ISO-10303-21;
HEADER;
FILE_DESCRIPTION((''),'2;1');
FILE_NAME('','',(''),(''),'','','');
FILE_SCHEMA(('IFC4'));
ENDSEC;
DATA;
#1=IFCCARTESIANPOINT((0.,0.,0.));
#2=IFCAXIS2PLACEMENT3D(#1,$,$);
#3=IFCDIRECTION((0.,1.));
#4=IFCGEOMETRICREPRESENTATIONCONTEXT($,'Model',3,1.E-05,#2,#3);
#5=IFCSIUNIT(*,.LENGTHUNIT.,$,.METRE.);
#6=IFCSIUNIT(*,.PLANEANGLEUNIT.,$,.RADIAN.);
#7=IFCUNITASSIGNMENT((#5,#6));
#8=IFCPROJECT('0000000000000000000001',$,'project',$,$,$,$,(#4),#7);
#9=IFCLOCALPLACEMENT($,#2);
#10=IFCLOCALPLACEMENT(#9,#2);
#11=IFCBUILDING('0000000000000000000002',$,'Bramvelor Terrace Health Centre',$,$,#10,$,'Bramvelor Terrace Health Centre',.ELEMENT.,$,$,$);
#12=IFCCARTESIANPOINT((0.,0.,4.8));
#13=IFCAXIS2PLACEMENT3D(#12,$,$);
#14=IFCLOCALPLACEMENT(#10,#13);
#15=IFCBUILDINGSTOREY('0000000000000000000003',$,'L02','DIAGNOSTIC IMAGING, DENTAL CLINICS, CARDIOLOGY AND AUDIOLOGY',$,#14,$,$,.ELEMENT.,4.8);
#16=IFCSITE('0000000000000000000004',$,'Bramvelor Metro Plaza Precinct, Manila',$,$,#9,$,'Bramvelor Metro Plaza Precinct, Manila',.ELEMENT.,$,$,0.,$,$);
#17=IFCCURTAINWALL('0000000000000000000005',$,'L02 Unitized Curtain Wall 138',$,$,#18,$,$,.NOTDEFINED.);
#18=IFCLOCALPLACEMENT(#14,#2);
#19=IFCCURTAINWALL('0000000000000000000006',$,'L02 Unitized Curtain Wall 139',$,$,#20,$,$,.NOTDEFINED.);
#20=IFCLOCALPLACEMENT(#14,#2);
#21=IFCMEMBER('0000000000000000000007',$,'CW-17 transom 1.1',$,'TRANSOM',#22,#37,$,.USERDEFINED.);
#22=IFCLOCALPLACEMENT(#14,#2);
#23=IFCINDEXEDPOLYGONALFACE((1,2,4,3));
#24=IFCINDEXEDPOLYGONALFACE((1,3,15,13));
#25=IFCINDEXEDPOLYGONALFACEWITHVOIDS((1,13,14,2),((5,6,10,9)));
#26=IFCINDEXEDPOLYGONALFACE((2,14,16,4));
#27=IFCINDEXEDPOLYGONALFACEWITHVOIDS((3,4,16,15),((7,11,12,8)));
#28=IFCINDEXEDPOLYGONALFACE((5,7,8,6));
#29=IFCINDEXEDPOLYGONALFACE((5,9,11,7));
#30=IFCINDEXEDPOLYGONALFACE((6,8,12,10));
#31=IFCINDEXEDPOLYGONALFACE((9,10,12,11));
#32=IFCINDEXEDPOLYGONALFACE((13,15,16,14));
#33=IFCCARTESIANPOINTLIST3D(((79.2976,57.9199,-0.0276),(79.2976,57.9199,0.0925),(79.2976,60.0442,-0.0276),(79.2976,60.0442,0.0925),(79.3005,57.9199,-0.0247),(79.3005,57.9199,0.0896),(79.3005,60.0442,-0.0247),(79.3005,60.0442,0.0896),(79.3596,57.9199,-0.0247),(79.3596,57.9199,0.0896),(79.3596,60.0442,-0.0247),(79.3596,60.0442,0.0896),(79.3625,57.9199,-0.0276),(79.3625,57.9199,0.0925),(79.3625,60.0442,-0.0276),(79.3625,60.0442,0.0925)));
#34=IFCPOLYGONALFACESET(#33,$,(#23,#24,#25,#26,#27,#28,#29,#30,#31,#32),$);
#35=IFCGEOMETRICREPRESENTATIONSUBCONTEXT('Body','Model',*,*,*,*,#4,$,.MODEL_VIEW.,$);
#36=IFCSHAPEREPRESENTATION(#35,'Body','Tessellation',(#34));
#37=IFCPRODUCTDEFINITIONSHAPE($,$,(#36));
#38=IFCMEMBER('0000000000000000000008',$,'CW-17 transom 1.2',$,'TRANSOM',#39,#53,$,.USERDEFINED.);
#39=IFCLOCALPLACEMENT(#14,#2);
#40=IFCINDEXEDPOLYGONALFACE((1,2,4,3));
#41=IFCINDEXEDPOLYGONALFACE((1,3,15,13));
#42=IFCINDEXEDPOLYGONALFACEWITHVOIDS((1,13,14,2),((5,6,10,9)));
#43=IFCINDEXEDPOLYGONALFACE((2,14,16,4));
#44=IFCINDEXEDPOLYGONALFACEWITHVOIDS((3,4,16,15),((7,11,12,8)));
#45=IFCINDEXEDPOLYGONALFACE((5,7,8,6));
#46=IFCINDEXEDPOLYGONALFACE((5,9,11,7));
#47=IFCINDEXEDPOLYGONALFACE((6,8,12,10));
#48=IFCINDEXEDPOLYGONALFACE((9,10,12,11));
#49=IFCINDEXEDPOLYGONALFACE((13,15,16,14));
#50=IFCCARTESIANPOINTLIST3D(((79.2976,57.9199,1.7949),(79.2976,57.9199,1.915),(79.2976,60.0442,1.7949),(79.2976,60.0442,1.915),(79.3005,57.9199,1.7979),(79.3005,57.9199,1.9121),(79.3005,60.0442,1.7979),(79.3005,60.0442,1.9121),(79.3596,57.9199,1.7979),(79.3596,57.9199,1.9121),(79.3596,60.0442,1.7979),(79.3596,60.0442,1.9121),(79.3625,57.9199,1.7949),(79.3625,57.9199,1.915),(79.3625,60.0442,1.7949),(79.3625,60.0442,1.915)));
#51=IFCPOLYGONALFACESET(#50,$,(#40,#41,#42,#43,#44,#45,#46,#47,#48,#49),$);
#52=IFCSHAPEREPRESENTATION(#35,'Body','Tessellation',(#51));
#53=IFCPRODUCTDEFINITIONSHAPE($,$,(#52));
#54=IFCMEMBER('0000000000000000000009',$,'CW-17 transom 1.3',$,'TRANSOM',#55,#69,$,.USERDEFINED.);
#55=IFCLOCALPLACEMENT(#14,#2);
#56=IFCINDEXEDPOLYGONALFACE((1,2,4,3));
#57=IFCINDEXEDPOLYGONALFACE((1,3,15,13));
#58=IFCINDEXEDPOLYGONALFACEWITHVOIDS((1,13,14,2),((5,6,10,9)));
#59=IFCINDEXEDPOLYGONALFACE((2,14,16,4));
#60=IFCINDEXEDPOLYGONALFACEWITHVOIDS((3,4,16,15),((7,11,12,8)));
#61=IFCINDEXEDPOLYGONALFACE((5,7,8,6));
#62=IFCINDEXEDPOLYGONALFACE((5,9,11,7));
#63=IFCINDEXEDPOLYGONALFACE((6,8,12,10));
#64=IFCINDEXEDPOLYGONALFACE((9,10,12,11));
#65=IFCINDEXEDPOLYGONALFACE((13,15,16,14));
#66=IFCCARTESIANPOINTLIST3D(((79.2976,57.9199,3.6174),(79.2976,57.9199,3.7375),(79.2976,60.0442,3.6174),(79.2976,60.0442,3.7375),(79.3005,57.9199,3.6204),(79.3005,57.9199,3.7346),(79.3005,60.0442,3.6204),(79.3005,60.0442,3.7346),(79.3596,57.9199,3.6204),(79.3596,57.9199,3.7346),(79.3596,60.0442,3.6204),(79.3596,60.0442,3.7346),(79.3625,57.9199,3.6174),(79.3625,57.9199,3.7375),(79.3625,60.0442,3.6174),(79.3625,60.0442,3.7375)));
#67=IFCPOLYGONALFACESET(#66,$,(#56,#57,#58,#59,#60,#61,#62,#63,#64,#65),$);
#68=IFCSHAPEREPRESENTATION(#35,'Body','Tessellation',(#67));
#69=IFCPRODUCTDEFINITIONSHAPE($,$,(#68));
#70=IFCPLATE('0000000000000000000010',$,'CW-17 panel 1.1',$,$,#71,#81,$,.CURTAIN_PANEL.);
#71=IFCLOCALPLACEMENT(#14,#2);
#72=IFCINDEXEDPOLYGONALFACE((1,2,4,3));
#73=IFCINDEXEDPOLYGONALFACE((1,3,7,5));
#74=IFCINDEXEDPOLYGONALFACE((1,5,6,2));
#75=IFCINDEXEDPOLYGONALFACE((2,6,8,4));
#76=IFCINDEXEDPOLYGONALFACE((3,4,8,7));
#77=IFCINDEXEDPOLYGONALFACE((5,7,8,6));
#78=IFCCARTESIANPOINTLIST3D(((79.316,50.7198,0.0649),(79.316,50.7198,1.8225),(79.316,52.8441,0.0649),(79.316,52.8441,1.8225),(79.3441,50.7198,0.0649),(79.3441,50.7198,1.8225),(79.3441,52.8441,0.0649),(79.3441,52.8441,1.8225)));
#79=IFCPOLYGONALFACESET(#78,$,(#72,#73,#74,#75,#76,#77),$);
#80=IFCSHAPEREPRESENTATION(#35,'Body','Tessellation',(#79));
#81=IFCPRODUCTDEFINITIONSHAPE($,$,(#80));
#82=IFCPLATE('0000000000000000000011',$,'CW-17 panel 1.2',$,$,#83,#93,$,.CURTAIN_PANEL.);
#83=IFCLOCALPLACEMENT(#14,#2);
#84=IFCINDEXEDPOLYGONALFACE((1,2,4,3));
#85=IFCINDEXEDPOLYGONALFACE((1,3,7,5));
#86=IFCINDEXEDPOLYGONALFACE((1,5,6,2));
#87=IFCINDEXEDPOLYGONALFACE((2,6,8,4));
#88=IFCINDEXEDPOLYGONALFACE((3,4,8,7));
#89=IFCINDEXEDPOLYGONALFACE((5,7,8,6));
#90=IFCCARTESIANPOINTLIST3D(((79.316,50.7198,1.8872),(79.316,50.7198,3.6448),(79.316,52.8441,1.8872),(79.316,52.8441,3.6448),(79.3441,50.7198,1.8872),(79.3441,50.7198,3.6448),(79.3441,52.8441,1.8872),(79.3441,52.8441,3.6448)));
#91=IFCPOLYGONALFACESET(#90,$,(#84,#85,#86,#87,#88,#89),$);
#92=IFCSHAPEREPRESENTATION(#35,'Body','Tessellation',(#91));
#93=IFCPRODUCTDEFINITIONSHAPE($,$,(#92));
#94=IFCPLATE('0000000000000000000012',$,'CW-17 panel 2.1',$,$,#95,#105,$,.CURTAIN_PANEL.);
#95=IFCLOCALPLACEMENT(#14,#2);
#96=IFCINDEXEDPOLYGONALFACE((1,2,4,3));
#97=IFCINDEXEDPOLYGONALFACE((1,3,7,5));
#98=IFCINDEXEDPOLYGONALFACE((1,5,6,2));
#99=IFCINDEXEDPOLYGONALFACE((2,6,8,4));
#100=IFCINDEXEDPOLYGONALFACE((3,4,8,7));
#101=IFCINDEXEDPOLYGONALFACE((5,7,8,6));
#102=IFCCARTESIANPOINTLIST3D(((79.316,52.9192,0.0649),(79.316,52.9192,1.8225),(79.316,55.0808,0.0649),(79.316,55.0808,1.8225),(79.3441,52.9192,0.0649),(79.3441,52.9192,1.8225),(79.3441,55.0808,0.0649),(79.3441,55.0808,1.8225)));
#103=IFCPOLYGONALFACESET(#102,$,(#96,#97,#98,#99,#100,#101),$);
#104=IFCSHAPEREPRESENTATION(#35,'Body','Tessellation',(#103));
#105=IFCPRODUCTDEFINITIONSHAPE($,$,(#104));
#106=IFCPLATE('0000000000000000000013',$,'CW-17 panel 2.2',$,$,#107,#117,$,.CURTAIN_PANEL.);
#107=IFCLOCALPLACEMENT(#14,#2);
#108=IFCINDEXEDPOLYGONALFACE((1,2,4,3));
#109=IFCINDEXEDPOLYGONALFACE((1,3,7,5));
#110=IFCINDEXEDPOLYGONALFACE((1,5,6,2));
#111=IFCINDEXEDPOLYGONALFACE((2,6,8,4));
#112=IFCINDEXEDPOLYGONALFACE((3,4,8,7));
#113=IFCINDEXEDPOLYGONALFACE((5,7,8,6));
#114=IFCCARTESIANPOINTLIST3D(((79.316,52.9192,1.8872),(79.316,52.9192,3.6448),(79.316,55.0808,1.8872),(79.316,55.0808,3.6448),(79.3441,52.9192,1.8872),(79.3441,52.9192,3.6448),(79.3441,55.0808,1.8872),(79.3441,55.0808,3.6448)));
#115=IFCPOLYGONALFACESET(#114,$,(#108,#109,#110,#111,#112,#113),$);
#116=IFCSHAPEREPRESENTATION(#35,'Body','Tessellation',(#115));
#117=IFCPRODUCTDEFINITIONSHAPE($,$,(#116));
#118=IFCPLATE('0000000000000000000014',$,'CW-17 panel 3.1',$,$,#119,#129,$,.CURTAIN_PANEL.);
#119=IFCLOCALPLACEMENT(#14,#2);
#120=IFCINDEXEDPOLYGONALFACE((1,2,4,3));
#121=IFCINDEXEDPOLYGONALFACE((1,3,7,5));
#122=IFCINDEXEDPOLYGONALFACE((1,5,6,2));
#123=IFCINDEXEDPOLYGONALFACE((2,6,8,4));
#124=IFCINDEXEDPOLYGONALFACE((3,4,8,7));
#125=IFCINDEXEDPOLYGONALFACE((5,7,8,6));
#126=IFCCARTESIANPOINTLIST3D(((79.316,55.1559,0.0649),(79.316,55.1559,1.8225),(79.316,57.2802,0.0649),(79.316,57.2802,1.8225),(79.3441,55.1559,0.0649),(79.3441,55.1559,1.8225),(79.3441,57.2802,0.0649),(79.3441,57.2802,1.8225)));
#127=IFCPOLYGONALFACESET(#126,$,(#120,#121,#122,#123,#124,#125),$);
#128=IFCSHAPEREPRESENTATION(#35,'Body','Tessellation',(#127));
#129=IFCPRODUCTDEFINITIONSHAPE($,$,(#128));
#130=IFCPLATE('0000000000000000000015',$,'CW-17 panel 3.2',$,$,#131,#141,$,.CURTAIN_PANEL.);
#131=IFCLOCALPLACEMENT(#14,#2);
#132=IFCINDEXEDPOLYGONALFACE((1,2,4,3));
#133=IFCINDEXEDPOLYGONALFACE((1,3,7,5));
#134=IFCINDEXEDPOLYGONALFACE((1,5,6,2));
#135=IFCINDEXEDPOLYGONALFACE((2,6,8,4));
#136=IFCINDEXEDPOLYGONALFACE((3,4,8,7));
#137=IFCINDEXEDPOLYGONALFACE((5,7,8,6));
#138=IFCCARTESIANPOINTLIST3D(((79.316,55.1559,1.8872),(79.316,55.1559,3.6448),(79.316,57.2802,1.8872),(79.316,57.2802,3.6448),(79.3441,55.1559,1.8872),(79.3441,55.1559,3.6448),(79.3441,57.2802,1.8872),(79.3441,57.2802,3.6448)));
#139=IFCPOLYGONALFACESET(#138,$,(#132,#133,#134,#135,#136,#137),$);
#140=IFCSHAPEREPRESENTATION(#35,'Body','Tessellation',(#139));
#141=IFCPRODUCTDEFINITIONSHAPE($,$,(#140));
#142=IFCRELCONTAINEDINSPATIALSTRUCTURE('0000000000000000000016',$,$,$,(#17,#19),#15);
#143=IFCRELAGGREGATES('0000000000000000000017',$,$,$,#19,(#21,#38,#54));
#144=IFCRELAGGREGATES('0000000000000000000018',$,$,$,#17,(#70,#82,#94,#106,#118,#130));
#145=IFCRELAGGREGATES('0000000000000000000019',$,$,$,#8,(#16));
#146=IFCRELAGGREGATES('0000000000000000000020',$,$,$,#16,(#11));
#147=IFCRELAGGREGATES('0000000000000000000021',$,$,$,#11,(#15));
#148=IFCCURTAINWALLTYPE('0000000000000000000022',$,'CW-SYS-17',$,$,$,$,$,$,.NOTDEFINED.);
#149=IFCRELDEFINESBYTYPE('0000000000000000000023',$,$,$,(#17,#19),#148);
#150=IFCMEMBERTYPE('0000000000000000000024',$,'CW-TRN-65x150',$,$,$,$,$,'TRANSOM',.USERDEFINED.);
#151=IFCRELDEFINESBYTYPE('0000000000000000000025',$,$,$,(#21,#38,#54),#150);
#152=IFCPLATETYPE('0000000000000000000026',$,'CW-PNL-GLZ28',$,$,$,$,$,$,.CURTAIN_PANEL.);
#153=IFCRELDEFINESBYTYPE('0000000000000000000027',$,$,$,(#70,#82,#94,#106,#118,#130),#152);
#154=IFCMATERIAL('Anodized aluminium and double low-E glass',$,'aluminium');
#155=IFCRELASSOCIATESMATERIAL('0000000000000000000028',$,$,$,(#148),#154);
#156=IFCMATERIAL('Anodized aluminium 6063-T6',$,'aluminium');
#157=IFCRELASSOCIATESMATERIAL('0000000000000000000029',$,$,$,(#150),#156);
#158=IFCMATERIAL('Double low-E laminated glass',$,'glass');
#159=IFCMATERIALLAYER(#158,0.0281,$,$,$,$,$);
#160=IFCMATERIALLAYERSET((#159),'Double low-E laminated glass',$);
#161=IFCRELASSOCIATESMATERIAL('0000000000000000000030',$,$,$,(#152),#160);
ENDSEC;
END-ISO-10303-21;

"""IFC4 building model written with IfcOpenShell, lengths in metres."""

from ifc_helpers import new_model, si_unit, direction, frame, origin, origin_2d, place, context, subcontext, project, spatial, rectangle, hollow_rectangle, extrude, material, layer, layer_set, material_profile, profile_set, type_object, element, aggregate, save


model = new_model("IFC4")

# Units and contexts
model_context = context("Model", 3, precision=1e-05, world=origin(), true_north=direction((0.0, 1.0)))
body_context = subcontext(model_context, "Body", "Model", "MODEL_VIEW")
ifc_project = project(units=[si_unit("LENGTHUNIT", "METRE"), si_unit("PLANEANGLEUNIT", "RADIAN")], contexts=[model_context])

# Site, building, storey
site_placement = place(None, origin())
site = spatial("IfcSite", under=ifc_project, at=site_placement, Name="Bramvelor Metro Plaza Precinct, Manila", LongName="Bramvelor Metro Plaza Precinct, Manila", CompositionType="ELEMENT", RefElevation=0.0)
building_placement = place(site_placement, origin())
building = spatial("IfcBuilding", under=site, at=building_placement, Name="Bramvelor Terrace Health Centre", LongName="Bramvelor Terrace Health Centre", CompositionType="ELEMENT")
storey_placement = place(building_placement, frame((0.0, 0.0, 4.8)))
storey = spatial("IfcBuildingStorey", under=building, at=storey_placement, Name="L02", Description="DIAGNOSTIC IMAGING, DENTAL CLINICS, CARDIOLOGY AND AUDIOLOGY", CompositionType="ELEMENT", Elevation=4.8)

# Curtain wall
ifc_material_1 = material(Name="Anodized aluminium and double low-E glass", Category="aluminium")
curtain_wall_type = type_object("IfcCurtainWallType", Name="CW-SYS-17", PredefinedType="NOTDEFINED", material=ifc_material_1)
curtain_wall_1_placement = place(storey_placement, origin())
curtain_wall_1 = element("IfcCurtainWall", 1, at=curtain_wall_1_placement, inside=storey, type_object=curtain_wall_type, Name="L02 Unitized Curtain Wall 138", PredefinedType="NOTDEFINED")

# Curtain wall
curtain_wall_2_placement = place(storey_placement, origin())
curtain_wall_2 = element("IfcCurtainWall", 2, at=curtain_wall_2_placement, inside=storey, type_object=curtain_wall_type, Name="L02 Unitized Curtain Wall 139", PredefinedType="NOTDEFINED")

# Members
ifc_material_2 = material(Name="Anodized aluminium 6063-T6", Category="aluminium")
ifc_material_profile_1 = material_profile(ifc_material_2, hollow_rectangle(XDim=0.0649, YDim=0.1201, WallThickness=0.0029, at=origin_2d()), Name="ALU-TRN 65x120x3.0")
ifc_profile_set_1 = profile_set([ifc_material_profile_1], Name="Anodized aluminium 6063-T6")
member_type_1 = type_object("IfcMemberType", Name="CW-TRN-65x150", ElementType="TRANSOM", PredefinedType="USERDEFINED", material=ifc_profile_set_1)
member_1_placement = place(storey_placement, frame((79.3301, 57.9199, 0.0325), z_axis=(0.0, 1.0, 0.0), x_axis=(-1.0, 0.0, 0.0)))
member_1 = element("IfcMember", 3, at=member_1_placement, type_object=member_type_1, Name="CW-17 transom 1.1", ObjectType="TRANSOM", PredefinedType="USERDEFINED", context=body_context, shape_type="SweptSolid", body=[
    extrude(hollow_rectangle(XDim=0.0649, YDim=0.1201, WallThickness=0.0029, at=origin_2d()), origin(), (0.0, 0.0, 1.0), 2.1243),
])
member_2_placement = place(storey_placement, frame((79.3301, 57.9199, 1.855), z_axis=(0.0, 1.0, 0.0), x_axis=(-1.0, 0.0, 0.0)))
member_2 = element("IfcMember", 4, at=member_2_placement, type_object=member_type_1, Name="CW-17 transom 1.2", ObjectType="TRANSOM", PredefinedType="USERDEFINED", context=body_context, shape_type="SweptSolid", body=[
    extrude(hollow_rectangle(XDim=0.0649, YDim=0.1201, WallThickness=0.0029, at=origin_2d()), origin(), (0.0, 0.0, 1.0), 2.1243),
])
member_3_placement = place(storey_placement, frame((79.3301, 57.9199, 3.6775), z_axis=(0.0, 1.0, 0.0), x_axis=(-1.0, 0.0, 0.0)))
member_3 = element("IfcMember", 5, at=member_3_placement, type_object=member_type_1, Name="CW-17 transom 1.3", ObjectType="TRANSOM", PredefinedType="USERDEFINED", context=body_context, shape_type="SweptSolid", body=[
    extrude(hollow_rectangle(XDim=0.0649, YDim=0.1201, WallThickness=0.0029, at=origin_2d()), origin(), (0.0, 0.0, 1.0), 2.1243),
])
aggregate(curtain_wall_2, [member_1, member_2, member_3])

# Plates
ifc_material_3 = material(Name="Double low-E laminated glass", Category="glass")
ifc_layer = layer(ifc_material_3, 0.0281)
ifc_layer_set = layer_set([ifc_layer], Name="Double low-E laminated glass")
plate_type = type_object("IfcPlateType", Name="CW-PNL-GLZ28", PredefinedType="CURTAIN_PANEL", material=ifc_layer_set)
plate_1_placement = place(storey_placement, frame((79.3301, 51.782, 0.0649), z_axis=(0.0, 0.0, 1.0), x_axis=(0.0, 1.0, 0.0)))
plate_1 = element("IfcPlate", 6, at=plate_1_placement, type_object=plate_type, Name="CW-17 panel 1.1", PredefinedType="CURTAIN_PANEL", context=body_context, shape_type="SweptSolid", body=[
    extrude(rectangle(XDim=2.1243, YDim=0.0281, at=origin_2d()), origin(), (0.0, 0.0, 1.0), 1.7576),
])
plate_2_placement = place(storey_placement, frame((79.3301, 51.782, 1.8872), z_axis=(0.0, 0.0, 1.0), x_axis=(0.0, 1.0, 0.0)))
plate_2 = element("IfcPlate", 7, at=plate_2_placement, type_object=plate_type, Name="CW-17 panel 1.2", PredefinedType="CURTAIN_PANEL", context=body_context, shape_type="SweptSolid", body=[
    extrude(rectangle(XDim=2.1243, YDim=0.0281, at=origin_2d()), origin(), (0.0, 0.0, 1.0), 1.7576),
])
plate_3_placement = place(storey_placement, frame((79.3301, 54.0, 0.0649), z_axis=(0.0, 0.0, 1.0), x_axis=(0.0, 1.0, 0.0)))
plate_3 = element("IfcPlate", 8, at=plate_3_placement, type_object=plate_type, Name="CW-17 panel 2.1", PredefinedType="CURTAIN_PANEL", context=body_context, shape_type="SweptSolid", body=[
    extrude(rectangle(XDim=2.1616, YDim=0.0281, at=origin_2d()), origin(), (0.0, 0.0, 1.0), 1.7576),
])
plate_4_placement = place(storey_placement, frame((79.3301, 54.0, 1.8872), z_axis=(0.0, 0.0, 1.0), x_axis=(0.0, 1.0, 0.0)))
plate_4 = element("IfcPlate", 9, at=plate_4_placement, type_object=plate_type, Name="CW-17 panel 2.2", PredefinedType="CURTAIN_PANEL", context=body_context, shape_type="SweptSolid", body=[
    extrude(rectangle(XDim=2.1616, YDim=0.0281, at=origin_2d()), origin(), (0.0, 0.0, 1.0), 1.7576),
])
plate_5_placement = place(storey_placement, frame((79.3301, 56.218, 0.0649), z_axis=(0.0, 0.0, 1.0), x_axis=(0.0, 1.0, 0.0)))
plate_5 = element("IfcPlate", 10, at=plate_5_placement, type_object=plate_type, Name="CW-17 panel 3.1", PredefinedType="CURTAIN_PANEL", context=body_context, shape_type="SweptSolid", body=[
    extrude(rectangle(XDim=2.1243, YDim=0.0281, at=origin_2d()), origin(), (0.0, 0.0, 1.0), 1.7576),
])
plate_6_placement = place(storey_placement, frame((79.3301, 56.218, 1.8872), z_axis=(0.0, 0.0, 1.0), x_axis=(0.0, 1.0, 0.0)))
plate_6 = element("IfcPlate", 11, at=plate_6_placement, type_object=plate_type, Name="CW-17 panel 3.2", PredefinedType="CURTAIN_PANEL", context=body_context, shape_type="SweptSolid", body=[
    extrude(rectangle(XDim=2.1243, YDim=0.0281, at=origin_2d()), origin(), (0.0, 0.0, 1.0), 1.7576),
])
aggregate(curtain_wall_1, [plate_1, plate_2, plate_3, plate_4, plate_5, plate_6])

save(model, "model.ifc")
